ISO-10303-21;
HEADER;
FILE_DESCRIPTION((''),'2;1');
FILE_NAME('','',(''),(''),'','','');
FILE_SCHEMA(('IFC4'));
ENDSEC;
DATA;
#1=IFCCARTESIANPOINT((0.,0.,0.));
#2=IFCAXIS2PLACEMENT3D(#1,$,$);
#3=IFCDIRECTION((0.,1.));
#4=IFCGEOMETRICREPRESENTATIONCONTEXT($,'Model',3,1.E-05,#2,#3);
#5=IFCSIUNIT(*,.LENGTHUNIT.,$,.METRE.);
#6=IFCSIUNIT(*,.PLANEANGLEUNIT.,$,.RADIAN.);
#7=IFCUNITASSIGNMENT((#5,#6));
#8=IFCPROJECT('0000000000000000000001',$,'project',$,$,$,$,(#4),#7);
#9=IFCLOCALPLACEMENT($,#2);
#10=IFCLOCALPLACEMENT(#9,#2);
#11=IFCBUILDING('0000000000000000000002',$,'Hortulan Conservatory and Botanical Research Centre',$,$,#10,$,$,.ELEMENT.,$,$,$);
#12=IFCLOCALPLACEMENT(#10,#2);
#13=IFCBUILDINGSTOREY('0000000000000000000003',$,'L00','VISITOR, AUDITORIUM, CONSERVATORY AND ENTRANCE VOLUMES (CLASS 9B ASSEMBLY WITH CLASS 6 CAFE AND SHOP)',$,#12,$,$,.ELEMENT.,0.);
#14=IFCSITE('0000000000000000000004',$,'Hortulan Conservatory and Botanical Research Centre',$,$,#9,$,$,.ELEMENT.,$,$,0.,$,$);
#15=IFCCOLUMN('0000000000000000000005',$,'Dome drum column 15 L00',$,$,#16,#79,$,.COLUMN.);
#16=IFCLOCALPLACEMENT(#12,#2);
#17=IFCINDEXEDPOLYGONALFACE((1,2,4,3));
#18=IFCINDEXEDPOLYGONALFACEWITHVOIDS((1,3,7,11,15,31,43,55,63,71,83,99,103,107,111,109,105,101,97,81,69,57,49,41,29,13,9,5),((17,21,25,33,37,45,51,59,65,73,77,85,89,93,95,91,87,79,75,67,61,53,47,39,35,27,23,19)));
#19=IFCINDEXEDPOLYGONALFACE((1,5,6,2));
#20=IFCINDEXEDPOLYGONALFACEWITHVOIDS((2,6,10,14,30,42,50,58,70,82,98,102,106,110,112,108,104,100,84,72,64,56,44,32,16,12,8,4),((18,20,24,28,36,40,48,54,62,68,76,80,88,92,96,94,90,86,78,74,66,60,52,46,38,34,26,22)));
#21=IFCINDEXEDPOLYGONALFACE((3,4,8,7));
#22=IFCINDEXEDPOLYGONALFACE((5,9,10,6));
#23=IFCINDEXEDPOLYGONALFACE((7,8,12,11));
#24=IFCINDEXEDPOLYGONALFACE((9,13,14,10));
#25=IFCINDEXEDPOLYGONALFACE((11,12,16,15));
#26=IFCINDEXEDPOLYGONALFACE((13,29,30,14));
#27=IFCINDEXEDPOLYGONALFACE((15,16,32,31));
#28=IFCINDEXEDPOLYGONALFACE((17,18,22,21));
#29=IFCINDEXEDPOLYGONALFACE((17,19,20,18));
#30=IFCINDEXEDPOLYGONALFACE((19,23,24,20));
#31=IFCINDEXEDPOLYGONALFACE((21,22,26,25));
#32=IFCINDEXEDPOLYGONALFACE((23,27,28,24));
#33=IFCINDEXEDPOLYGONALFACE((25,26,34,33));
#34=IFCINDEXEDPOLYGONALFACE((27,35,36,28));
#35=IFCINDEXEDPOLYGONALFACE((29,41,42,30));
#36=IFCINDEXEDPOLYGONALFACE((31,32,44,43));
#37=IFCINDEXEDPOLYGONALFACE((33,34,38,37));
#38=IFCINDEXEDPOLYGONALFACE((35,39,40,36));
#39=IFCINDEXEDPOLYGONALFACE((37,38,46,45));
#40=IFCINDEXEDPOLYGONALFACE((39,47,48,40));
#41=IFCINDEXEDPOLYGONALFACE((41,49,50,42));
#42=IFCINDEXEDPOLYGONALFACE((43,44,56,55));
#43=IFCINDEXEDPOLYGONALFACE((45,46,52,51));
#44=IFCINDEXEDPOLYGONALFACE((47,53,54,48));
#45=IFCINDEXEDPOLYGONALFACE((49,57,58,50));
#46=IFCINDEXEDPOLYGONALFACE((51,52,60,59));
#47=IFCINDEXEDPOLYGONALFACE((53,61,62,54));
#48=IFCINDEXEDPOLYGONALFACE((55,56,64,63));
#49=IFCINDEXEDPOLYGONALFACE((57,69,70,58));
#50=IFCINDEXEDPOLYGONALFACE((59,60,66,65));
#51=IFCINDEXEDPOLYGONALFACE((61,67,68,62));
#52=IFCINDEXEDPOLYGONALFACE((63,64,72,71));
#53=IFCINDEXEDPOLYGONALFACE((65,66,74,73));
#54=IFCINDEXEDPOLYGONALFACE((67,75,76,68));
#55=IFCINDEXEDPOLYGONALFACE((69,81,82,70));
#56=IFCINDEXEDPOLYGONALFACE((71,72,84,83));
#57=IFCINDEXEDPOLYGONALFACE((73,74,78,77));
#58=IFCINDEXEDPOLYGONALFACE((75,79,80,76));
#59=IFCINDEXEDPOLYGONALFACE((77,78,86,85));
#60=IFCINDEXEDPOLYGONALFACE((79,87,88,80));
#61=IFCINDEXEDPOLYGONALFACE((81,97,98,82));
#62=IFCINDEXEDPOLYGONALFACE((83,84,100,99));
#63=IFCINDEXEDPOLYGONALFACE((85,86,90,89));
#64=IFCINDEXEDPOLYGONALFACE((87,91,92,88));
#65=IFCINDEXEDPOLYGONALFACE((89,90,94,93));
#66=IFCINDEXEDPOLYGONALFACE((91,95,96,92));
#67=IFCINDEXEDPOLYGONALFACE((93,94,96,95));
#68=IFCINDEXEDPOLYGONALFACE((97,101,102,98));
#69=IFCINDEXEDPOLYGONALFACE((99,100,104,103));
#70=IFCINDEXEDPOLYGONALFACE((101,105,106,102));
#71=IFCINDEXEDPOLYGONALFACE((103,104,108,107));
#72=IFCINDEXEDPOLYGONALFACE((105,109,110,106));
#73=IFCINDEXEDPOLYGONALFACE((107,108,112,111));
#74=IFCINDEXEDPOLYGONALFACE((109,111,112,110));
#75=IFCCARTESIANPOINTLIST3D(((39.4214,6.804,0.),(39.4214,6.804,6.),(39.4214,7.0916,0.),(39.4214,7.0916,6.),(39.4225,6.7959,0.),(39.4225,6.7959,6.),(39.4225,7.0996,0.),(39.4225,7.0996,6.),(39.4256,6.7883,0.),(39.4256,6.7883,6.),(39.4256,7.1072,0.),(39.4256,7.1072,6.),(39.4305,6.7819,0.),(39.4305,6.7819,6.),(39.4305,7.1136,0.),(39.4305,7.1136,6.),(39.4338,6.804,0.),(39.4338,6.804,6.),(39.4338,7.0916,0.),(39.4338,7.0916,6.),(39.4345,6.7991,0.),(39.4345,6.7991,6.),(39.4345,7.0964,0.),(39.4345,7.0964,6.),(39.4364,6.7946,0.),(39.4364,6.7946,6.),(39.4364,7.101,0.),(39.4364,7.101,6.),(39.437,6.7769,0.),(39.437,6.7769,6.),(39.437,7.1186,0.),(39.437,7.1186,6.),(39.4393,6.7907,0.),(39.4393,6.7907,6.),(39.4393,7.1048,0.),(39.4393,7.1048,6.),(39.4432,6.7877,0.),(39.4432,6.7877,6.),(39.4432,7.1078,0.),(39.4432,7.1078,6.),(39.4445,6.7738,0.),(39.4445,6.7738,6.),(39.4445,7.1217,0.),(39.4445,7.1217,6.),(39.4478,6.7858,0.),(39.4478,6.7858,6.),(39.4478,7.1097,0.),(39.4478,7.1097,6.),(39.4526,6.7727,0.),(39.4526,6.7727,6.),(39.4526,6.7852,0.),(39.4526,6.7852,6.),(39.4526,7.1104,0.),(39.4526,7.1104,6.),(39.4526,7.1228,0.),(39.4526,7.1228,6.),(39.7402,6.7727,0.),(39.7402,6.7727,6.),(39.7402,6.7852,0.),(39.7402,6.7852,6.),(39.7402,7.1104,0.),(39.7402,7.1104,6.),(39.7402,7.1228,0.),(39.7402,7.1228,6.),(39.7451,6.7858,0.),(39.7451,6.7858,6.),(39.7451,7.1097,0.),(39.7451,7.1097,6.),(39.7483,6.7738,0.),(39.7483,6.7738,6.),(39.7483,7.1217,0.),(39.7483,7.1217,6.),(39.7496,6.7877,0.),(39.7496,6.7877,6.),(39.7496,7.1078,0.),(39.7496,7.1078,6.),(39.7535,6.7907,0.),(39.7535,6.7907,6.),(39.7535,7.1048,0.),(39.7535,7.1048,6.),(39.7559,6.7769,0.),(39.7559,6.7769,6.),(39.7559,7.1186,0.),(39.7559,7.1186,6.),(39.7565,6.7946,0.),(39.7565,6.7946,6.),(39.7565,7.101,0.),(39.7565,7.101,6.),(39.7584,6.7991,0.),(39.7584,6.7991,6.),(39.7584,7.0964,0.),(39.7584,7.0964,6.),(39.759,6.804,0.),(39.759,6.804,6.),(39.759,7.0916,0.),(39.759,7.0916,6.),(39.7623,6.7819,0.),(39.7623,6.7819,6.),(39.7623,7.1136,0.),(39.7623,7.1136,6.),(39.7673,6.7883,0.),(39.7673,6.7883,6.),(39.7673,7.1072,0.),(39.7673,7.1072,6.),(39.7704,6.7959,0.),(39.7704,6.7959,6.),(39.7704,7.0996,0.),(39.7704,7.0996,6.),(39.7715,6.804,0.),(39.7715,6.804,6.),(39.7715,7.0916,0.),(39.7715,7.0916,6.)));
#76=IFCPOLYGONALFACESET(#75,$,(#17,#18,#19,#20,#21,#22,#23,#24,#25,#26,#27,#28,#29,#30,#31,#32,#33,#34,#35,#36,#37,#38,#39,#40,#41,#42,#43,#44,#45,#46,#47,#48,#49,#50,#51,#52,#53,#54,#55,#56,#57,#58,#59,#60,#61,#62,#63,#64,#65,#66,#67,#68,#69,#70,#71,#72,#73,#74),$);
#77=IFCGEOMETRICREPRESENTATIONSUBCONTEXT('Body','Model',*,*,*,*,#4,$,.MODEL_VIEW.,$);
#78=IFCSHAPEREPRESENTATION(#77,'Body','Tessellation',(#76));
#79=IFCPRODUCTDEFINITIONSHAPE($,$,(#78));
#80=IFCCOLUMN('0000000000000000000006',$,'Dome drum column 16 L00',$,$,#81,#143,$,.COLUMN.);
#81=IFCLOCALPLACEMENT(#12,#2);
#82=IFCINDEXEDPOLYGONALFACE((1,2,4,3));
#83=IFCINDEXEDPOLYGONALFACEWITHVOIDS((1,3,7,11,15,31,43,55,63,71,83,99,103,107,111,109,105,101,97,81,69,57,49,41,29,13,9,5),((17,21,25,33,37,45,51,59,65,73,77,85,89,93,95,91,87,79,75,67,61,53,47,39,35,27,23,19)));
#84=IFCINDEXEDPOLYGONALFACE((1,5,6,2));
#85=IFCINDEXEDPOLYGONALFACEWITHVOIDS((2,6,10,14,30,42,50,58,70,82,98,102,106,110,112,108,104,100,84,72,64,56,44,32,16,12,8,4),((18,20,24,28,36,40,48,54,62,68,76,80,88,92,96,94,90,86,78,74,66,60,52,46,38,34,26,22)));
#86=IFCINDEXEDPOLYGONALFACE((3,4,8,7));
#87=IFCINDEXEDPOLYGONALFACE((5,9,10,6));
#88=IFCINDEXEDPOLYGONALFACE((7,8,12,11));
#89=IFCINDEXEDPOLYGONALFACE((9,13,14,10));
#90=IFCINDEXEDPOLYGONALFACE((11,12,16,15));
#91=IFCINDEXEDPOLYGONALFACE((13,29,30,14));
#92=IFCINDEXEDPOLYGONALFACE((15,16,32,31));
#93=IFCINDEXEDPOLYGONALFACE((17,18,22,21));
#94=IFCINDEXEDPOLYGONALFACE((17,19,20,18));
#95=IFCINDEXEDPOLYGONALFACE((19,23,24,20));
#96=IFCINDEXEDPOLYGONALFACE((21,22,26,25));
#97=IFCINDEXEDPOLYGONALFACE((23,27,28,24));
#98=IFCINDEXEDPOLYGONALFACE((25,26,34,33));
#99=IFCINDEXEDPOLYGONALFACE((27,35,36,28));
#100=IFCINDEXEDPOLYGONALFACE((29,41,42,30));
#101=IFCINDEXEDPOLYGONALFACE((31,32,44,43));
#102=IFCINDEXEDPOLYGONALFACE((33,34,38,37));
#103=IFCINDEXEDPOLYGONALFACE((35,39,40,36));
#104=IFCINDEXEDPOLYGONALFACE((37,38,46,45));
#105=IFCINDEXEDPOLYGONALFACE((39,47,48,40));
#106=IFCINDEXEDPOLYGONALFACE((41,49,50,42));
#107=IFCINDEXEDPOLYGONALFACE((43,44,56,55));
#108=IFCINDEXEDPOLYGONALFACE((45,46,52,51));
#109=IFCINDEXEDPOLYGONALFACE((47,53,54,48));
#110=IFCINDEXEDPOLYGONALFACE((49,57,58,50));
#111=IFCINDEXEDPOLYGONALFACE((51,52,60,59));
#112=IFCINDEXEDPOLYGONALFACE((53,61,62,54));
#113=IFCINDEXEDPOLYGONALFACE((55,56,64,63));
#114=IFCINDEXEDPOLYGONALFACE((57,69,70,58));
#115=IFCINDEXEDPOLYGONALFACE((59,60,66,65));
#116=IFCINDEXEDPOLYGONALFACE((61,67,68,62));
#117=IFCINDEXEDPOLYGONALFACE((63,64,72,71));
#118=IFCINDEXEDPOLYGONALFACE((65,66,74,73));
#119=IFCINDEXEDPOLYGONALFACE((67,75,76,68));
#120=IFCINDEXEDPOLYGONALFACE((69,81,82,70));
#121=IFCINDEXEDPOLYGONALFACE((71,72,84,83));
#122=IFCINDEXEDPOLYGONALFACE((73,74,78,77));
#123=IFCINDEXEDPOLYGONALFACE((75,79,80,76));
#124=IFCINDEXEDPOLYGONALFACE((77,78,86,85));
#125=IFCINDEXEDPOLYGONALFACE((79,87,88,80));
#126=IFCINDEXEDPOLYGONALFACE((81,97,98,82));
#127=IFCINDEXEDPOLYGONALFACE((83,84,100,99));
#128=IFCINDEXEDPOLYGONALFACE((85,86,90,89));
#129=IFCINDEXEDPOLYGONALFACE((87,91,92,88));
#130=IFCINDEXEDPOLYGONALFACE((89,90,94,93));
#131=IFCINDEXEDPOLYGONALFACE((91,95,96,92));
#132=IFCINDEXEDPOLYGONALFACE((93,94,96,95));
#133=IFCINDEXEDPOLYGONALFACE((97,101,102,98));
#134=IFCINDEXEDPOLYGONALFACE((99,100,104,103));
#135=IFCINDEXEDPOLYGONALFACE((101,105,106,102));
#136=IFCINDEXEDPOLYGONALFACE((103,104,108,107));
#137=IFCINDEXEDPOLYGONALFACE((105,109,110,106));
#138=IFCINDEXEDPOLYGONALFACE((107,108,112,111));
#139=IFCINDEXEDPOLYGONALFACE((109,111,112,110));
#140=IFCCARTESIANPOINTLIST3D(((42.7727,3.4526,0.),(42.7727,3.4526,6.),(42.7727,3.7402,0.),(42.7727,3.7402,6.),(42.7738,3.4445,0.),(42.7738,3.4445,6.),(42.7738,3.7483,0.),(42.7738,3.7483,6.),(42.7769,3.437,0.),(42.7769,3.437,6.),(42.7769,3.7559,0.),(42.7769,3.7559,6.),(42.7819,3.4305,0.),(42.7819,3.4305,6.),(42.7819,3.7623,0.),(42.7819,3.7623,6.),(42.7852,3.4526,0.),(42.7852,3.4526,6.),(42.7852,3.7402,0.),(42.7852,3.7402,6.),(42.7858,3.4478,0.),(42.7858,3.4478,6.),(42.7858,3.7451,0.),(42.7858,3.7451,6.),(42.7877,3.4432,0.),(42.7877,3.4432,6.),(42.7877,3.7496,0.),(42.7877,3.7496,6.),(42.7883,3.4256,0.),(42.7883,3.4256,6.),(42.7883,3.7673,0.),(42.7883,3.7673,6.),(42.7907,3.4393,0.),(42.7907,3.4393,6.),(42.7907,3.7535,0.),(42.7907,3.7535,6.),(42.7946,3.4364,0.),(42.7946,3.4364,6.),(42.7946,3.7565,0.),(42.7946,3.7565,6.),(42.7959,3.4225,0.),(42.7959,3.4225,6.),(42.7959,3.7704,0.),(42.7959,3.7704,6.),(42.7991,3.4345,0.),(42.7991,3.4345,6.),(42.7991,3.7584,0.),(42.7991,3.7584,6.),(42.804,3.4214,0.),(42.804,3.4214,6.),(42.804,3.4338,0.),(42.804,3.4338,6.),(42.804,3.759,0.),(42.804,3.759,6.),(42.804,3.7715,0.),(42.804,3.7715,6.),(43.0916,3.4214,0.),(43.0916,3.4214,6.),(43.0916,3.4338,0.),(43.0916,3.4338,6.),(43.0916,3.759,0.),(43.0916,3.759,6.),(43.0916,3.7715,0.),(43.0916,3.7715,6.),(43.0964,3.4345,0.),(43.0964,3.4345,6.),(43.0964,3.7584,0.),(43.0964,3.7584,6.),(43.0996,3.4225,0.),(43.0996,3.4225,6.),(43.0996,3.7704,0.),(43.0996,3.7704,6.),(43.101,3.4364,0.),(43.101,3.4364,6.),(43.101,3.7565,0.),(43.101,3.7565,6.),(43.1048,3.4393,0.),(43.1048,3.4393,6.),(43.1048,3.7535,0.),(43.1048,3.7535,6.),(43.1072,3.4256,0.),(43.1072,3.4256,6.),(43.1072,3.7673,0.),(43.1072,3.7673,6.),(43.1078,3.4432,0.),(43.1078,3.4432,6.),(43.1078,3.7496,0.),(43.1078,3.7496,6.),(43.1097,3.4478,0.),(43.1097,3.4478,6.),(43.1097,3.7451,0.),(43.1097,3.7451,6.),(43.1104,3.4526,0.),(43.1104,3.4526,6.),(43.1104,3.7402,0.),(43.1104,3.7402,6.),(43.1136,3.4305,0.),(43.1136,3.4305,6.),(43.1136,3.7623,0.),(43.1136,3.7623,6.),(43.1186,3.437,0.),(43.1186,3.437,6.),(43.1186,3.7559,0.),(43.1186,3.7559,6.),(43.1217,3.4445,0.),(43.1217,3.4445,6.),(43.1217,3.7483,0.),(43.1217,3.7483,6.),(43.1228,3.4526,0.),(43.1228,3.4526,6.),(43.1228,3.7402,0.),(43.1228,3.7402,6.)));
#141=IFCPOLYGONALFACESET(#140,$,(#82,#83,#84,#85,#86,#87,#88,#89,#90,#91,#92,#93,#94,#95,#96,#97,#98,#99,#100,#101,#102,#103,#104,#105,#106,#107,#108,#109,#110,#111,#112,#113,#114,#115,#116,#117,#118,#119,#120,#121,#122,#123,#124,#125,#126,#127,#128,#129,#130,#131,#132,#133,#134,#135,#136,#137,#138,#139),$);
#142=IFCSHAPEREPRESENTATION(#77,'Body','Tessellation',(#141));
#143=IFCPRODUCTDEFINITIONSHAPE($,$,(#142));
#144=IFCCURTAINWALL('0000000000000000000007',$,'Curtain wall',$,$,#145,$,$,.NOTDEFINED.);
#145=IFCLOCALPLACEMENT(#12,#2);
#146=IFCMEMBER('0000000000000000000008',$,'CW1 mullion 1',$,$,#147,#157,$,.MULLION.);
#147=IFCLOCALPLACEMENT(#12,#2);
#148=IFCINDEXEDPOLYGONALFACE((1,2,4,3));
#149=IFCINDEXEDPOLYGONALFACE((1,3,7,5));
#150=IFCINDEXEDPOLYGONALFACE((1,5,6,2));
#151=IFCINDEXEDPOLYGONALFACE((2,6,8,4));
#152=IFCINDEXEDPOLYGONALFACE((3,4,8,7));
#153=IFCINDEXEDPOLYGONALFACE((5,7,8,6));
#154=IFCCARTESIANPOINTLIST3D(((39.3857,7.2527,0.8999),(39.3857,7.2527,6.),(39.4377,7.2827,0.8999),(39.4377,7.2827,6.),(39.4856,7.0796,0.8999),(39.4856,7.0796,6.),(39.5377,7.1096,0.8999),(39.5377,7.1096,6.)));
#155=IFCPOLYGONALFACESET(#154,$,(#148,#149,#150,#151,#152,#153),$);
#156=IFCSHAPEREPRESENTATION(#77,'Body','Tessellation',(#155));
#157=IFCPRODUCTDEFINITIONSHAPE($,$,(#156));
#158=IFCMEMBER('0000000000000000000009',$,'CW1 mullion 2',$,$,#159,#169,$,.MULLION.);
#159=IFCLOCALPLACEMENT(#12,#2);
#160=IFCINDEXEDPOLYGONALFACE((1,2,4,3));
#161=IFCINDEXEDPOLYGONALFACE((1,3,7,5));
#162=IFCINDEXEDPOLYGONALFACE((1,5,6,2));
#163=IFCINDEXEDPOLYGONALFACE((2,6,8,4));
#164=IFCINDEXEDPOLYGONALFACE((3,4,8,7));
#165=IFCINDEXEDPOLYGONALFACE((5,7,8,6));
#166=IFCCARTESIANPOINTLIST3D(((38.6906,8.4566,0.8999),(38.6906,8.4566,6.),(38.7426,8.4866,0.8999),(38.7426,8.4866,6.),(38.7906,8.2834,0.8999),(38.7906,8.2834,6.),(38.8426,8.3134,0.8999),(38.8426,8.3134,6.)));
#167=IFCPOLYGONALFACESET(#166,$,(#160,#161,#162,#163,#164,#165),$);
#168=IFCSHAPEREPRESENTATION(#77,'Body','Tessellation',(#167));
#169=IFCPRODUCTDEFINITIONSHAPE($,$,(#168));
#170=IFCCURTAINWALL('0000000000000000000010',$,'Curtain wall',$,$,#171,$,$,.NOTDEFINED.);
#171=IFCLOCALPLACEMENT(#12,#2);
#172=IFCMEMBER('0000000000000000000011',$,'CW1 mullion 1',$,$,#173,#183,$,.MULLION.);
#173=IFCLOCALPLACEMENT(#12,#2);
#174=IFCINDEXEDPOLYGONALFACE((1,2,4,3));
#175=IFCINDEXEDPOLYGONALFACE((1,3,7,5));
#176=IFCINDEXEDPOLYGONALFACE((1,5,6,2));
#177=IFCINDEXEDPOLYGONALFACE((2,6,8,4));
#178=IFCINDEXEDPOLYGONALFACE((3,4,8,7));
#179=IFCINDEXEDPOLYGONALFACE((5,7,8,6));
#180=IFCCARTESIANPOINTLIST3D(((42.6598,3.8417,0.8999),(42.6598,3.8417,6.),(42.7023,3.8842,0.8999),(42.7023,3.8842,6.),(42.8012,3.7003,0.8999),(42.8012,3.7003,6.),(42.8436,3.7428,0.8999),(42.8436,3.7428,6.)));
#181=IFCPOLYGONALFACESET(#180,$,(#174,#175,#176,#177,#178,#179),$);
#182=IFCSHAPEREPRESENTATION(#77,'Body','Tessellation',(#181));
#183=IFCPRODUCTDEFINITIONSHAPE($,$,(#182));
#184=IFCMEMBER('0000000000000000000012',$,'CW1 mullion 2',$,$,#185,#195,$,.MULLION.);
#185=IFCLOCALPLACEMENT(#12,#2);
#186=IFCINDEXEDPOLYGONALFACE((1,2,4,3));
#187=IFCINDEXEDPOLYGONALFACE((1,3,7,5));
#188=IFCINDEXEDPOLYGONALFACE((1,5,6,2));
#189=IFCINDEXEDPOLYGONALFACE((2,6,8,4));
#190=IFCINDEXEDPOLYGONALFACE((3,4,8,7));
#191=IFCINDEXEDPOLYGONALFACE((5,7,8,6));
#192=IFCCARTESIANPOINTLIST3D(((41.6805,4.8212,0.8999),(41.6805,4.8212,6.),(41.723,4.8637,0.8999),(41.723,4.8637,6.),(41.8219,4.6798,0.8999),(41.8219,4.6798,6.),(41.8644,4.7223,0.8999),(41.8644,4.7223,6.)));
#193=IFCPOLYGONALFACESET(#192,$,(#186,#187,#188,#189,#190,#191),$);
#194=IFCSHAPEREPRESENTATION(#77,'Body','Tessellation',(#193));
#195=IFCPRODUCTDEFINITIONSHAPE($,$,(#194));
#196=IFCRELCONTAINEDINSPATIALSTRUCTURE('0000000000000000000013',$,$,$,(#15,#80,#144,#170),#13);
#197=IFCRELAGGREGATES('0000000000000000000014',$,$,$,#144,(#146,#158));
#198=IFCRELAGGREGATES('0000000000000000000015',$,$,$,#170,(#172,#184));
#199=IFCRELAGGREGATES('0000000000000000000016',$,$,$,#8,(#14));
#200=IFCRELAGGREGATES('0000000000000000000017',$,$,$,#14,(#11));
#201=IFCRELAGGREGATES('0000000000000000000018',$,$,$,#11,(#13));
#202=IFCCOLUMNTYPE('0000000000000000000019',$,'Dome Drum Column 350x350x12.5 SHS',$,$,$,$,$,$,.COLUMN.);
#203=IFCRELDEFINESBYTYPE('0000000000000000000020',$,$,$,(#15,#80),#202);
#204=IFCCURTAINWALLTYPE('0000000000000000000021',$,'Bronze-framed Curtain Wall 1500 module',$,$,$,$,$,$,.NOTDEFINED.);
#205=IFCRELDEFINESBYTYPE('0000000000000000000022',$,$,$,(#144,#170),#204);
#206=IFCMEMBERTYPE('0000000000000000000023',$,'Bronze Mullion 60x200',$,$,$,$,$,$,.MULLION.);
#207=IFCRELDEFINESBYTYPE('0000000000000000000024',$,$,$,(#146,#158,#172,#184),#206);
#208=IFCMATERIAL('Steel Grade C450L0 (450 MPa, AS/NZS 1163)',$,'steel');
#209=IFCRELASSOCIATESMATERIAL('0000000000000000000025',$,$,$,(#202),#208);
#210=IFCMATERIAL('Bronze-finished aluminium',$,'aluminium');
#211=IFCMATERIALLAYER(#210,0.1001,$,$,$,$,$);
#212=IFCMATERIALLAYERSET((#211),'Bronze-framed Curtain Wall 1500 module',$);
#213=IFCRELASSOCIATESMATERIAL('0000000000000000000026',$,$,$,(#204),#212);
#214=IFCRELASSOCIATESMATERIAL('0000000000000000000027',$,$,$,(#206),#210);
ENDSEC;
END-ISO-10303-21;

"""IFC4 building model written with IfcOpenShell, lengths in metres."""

from ifc_helpers import new_model, si_unit, direction, frame, origin, origin_2d, place, context, subcontext, project, spatial, rectangle, hollow_rectangle, extrude, material, layer, layer_set, material_profile, profile_set, type_object, element, aggregate, save


model = new_model("IFC4")

# Units and contexts
model_context = context("Model", 3, precision=1e-05, world=origin(), true_north=direction((0.0, 1.0)))
body_context = subcontext(model_context, "Body", "Model", "MODEL_VIEW")
ifc_project = project(units=[si_unit("LENGTHUNIT", "METRE"), si_unit("PLANEANGLEUNIT", "RADIAN")], contexts=[model_context])

# Site, building, storey
site_placement = place(None, origin())
site = spatial("IfcSite", under=ifc_project, at=site_placement, Name="Hortulan Conservatory and Botanical Research Centre", CompositionType="ELEMENT", RefElevation=0.0)
building_placement = place(site_placement, origin())
building = spatial("IfcBuilding", under=site, at=building_placement, Name="Hortulan Conservatory and Botanical Research Centre", CompositionType="ELEMENT")
storey_placement = place(building_placement, origin())
storey = spatial("IfcBuildingStorey", under=building, at=storey_placement, Name="L00", Description="VISITOR, AUDITORIUM, CONSERVATORY AND ENTRANCE VOLUMES (CLASS 9B ASSEMBLY WITH CLASS 6 CAFE AND SHOP)", CompositionType="ELEMENT", Elevation=0.0)

# Columns
ifc_material_1 = material(Name="Steel Grade C450L0 (450 MPa, AS/NZS 1163)", Category="steel")
ifc_material_profile_1 = material_profile(ifc_material_1, hollow_rectangle(XDim=0.3501, YDim=0.3501, WallThickness=0.0125, InnerFilletRadius=0.0188, OuterFilletRadius=0.0312, at=origin_2d()), Name="350x350x12.5SHS")
ifc_profile_set_1 = profile_set([ifc_material_profile_1], Name="Steel Grade C450L0 (450 MPa, AS/NZS 1163)")
column_type = type_object("IfcColumnType", Name="Dome Drum Column 350x350x12.5 SHS", PredefinedType="COLUMN", material=ifc_profile_set_1)
for number, where, z_axis, x_axis, name in (
    (1, (39.5964, 6.9478, 0.0), (0.0, 0.0, 1.0), (1.0, 0.0, 0.0), "Dome drum column 15 L00"),
    (2, (42.9478, 3.5964, 0.0), (0.0, 0.0, 1.0), (1.0, 0.0, 0.0), "Dome drum column 16 L00"),
):
    element("IfcColumn", number, at=place(storey_placement, frame(where, z_axis=z_axis, x_axis=x_axis)), inside=storey, type_object=column_type, Name=name, PredefinedType="COLUMN", context=body_context, shape_type="SweptSolid", body=[
        extrude(hollow_rectangle(XDim=0.3501, YDim=0.3501, WallThickness=0.0125, InnerFilletRadius=0.0188, OuterFilletRadius=0.0312, at=origin_2d()), origin(), (0.0, 0.0, 1.0), 6.0),
    ])

# Curtain walls, members
ifc_material_2 = material(Name="Bronze-finished aluminium", Category="aluminium")
ifc_layer_1 = layer(ifc_material_2, 0.1001)
ifc_layer_set_1 = layer_set([ifc_layer_1], Name="Bronze-framed Curtain Wall 1500 module")
curtain_wall_type = type_object("IfcCurtainWallType", Name="Bronze-framed Curtain Wall 1500 module", PredefinedType="NOTDEFINED", material=ifc_layer_set_1)
curtain_wall_1_placement = place(storey_placement, origin())
curtain_wall_1 = element("IfcCurtainWall", 3, at=curtain_wall_1_placement, inside=storey, type_object=curtain_wall_type, Name="Curtain wall", PredefinedType="NOTDEFINED")
ifc_material_profile_2 = material_profile(ifc_material_2, rectangle(XDim=0.0601, YDim=0.2, at=origin_2d()), Name="Bronze Mullion 60x200")
ifc_profile_set_2 = profile_set([ifc_material_profile_2], Name="Bronze-finished aluminium")
member_type_1 = type_object("IfcMemberType", Name="Bronze Mullion 60x200", PredefinedType="MULLION", material=ifc_profile_set_2)
member_1_placement = place(storey_placement, frame((39.4617, 7.1812, 0.8999), z_axis=(0.0, 0.0, 1.0), x_axis=(-0.866036, -0.499981, 0.0)))
member_1 = element("IfcMember", 4, at=member_1_placement, type_object=member_type_1, Name="CW1 mullion 1", PredefinedType="MULLION", context=body_context, shape_type="SweptSolid", body=[
    extrude(rectangle(XDim=0.0601, YDim=0.2, at=origin_2d()), origin(), (0.0, 0.0, 1.0), 5.1001),
])
member_2_placement = place(storey_placement, frame((38.7666, 8.385, 0.8999), z_axis=(0.0, 0.0, 1.0), x_axis=(-0.866036, -0.499981, 0.0)))
member_2 = element("IfcMember", 5, at=member_2_placement, type_object=member_type_1, Name="CW1 mullion 2", PredefinedType="MULLION", context=body_context, shape_type="SweptSolid", body=[
    extrude(rectangle(XDim=0.0601, YDim=0.2, at=origin_2d()), origin(), (0.0, 0.0, 1.0), 5.1001),
])
curtain_wall_2_placement = place(storey_placement, origin())
curtain_wall_2 = element("IfcCurtainWall", 6, at=curtain_wall_2_placement, inside=storey, type_object=curtain_wall_type, Name="Curtain wall", PredefinedType="NOTDEFINED")
member_3_placement = place(storey_placement, frame((42.7517, 3.7922, 0.8999), z_axis=(0.0, 0.0, 1.0), x_axis=(-0.70713, -0.707083, 0.0)))
member_3 = element("IfcMember", 7, at=member_3_placement, type_object=member_type_1, Name="CW1 mullion 1", PredefinedType="MULLION", context=body_context, shape_type="SweptSolid", body=[
    extrude(rectangle(XDim=0.0601, YDim=0.2, at=origin_2d()), origin(), (0.0, 0.0, 1.0), 5.1001),
])
member_4_placement = place(storey_placement, frame((41.7725, 4.7717, 0.8999), z_axis=(0.0, 0.0, 1.0), x_axis=(-0.70713, -0.707083, 0.0)))
member_4 = element("IfcMember", 8, at=member_4_placement, type_object=member_type_1, Name="CW1 mullion 2", PredefinedType="MULLION", context=body_context, shape_type="SweptSolid", body=[
    extrude(rectangle(XDim=0.0601, YDim=0.2, at=origin_2d()), origin(), (0.0, 0.0, 1.0), 5.1001),
])

aggregate(curtain_wall_1, [member_1, member_2])
aggregate(curtain_wall_2, [member_3, member_4])

save(model, "model.ifc")
